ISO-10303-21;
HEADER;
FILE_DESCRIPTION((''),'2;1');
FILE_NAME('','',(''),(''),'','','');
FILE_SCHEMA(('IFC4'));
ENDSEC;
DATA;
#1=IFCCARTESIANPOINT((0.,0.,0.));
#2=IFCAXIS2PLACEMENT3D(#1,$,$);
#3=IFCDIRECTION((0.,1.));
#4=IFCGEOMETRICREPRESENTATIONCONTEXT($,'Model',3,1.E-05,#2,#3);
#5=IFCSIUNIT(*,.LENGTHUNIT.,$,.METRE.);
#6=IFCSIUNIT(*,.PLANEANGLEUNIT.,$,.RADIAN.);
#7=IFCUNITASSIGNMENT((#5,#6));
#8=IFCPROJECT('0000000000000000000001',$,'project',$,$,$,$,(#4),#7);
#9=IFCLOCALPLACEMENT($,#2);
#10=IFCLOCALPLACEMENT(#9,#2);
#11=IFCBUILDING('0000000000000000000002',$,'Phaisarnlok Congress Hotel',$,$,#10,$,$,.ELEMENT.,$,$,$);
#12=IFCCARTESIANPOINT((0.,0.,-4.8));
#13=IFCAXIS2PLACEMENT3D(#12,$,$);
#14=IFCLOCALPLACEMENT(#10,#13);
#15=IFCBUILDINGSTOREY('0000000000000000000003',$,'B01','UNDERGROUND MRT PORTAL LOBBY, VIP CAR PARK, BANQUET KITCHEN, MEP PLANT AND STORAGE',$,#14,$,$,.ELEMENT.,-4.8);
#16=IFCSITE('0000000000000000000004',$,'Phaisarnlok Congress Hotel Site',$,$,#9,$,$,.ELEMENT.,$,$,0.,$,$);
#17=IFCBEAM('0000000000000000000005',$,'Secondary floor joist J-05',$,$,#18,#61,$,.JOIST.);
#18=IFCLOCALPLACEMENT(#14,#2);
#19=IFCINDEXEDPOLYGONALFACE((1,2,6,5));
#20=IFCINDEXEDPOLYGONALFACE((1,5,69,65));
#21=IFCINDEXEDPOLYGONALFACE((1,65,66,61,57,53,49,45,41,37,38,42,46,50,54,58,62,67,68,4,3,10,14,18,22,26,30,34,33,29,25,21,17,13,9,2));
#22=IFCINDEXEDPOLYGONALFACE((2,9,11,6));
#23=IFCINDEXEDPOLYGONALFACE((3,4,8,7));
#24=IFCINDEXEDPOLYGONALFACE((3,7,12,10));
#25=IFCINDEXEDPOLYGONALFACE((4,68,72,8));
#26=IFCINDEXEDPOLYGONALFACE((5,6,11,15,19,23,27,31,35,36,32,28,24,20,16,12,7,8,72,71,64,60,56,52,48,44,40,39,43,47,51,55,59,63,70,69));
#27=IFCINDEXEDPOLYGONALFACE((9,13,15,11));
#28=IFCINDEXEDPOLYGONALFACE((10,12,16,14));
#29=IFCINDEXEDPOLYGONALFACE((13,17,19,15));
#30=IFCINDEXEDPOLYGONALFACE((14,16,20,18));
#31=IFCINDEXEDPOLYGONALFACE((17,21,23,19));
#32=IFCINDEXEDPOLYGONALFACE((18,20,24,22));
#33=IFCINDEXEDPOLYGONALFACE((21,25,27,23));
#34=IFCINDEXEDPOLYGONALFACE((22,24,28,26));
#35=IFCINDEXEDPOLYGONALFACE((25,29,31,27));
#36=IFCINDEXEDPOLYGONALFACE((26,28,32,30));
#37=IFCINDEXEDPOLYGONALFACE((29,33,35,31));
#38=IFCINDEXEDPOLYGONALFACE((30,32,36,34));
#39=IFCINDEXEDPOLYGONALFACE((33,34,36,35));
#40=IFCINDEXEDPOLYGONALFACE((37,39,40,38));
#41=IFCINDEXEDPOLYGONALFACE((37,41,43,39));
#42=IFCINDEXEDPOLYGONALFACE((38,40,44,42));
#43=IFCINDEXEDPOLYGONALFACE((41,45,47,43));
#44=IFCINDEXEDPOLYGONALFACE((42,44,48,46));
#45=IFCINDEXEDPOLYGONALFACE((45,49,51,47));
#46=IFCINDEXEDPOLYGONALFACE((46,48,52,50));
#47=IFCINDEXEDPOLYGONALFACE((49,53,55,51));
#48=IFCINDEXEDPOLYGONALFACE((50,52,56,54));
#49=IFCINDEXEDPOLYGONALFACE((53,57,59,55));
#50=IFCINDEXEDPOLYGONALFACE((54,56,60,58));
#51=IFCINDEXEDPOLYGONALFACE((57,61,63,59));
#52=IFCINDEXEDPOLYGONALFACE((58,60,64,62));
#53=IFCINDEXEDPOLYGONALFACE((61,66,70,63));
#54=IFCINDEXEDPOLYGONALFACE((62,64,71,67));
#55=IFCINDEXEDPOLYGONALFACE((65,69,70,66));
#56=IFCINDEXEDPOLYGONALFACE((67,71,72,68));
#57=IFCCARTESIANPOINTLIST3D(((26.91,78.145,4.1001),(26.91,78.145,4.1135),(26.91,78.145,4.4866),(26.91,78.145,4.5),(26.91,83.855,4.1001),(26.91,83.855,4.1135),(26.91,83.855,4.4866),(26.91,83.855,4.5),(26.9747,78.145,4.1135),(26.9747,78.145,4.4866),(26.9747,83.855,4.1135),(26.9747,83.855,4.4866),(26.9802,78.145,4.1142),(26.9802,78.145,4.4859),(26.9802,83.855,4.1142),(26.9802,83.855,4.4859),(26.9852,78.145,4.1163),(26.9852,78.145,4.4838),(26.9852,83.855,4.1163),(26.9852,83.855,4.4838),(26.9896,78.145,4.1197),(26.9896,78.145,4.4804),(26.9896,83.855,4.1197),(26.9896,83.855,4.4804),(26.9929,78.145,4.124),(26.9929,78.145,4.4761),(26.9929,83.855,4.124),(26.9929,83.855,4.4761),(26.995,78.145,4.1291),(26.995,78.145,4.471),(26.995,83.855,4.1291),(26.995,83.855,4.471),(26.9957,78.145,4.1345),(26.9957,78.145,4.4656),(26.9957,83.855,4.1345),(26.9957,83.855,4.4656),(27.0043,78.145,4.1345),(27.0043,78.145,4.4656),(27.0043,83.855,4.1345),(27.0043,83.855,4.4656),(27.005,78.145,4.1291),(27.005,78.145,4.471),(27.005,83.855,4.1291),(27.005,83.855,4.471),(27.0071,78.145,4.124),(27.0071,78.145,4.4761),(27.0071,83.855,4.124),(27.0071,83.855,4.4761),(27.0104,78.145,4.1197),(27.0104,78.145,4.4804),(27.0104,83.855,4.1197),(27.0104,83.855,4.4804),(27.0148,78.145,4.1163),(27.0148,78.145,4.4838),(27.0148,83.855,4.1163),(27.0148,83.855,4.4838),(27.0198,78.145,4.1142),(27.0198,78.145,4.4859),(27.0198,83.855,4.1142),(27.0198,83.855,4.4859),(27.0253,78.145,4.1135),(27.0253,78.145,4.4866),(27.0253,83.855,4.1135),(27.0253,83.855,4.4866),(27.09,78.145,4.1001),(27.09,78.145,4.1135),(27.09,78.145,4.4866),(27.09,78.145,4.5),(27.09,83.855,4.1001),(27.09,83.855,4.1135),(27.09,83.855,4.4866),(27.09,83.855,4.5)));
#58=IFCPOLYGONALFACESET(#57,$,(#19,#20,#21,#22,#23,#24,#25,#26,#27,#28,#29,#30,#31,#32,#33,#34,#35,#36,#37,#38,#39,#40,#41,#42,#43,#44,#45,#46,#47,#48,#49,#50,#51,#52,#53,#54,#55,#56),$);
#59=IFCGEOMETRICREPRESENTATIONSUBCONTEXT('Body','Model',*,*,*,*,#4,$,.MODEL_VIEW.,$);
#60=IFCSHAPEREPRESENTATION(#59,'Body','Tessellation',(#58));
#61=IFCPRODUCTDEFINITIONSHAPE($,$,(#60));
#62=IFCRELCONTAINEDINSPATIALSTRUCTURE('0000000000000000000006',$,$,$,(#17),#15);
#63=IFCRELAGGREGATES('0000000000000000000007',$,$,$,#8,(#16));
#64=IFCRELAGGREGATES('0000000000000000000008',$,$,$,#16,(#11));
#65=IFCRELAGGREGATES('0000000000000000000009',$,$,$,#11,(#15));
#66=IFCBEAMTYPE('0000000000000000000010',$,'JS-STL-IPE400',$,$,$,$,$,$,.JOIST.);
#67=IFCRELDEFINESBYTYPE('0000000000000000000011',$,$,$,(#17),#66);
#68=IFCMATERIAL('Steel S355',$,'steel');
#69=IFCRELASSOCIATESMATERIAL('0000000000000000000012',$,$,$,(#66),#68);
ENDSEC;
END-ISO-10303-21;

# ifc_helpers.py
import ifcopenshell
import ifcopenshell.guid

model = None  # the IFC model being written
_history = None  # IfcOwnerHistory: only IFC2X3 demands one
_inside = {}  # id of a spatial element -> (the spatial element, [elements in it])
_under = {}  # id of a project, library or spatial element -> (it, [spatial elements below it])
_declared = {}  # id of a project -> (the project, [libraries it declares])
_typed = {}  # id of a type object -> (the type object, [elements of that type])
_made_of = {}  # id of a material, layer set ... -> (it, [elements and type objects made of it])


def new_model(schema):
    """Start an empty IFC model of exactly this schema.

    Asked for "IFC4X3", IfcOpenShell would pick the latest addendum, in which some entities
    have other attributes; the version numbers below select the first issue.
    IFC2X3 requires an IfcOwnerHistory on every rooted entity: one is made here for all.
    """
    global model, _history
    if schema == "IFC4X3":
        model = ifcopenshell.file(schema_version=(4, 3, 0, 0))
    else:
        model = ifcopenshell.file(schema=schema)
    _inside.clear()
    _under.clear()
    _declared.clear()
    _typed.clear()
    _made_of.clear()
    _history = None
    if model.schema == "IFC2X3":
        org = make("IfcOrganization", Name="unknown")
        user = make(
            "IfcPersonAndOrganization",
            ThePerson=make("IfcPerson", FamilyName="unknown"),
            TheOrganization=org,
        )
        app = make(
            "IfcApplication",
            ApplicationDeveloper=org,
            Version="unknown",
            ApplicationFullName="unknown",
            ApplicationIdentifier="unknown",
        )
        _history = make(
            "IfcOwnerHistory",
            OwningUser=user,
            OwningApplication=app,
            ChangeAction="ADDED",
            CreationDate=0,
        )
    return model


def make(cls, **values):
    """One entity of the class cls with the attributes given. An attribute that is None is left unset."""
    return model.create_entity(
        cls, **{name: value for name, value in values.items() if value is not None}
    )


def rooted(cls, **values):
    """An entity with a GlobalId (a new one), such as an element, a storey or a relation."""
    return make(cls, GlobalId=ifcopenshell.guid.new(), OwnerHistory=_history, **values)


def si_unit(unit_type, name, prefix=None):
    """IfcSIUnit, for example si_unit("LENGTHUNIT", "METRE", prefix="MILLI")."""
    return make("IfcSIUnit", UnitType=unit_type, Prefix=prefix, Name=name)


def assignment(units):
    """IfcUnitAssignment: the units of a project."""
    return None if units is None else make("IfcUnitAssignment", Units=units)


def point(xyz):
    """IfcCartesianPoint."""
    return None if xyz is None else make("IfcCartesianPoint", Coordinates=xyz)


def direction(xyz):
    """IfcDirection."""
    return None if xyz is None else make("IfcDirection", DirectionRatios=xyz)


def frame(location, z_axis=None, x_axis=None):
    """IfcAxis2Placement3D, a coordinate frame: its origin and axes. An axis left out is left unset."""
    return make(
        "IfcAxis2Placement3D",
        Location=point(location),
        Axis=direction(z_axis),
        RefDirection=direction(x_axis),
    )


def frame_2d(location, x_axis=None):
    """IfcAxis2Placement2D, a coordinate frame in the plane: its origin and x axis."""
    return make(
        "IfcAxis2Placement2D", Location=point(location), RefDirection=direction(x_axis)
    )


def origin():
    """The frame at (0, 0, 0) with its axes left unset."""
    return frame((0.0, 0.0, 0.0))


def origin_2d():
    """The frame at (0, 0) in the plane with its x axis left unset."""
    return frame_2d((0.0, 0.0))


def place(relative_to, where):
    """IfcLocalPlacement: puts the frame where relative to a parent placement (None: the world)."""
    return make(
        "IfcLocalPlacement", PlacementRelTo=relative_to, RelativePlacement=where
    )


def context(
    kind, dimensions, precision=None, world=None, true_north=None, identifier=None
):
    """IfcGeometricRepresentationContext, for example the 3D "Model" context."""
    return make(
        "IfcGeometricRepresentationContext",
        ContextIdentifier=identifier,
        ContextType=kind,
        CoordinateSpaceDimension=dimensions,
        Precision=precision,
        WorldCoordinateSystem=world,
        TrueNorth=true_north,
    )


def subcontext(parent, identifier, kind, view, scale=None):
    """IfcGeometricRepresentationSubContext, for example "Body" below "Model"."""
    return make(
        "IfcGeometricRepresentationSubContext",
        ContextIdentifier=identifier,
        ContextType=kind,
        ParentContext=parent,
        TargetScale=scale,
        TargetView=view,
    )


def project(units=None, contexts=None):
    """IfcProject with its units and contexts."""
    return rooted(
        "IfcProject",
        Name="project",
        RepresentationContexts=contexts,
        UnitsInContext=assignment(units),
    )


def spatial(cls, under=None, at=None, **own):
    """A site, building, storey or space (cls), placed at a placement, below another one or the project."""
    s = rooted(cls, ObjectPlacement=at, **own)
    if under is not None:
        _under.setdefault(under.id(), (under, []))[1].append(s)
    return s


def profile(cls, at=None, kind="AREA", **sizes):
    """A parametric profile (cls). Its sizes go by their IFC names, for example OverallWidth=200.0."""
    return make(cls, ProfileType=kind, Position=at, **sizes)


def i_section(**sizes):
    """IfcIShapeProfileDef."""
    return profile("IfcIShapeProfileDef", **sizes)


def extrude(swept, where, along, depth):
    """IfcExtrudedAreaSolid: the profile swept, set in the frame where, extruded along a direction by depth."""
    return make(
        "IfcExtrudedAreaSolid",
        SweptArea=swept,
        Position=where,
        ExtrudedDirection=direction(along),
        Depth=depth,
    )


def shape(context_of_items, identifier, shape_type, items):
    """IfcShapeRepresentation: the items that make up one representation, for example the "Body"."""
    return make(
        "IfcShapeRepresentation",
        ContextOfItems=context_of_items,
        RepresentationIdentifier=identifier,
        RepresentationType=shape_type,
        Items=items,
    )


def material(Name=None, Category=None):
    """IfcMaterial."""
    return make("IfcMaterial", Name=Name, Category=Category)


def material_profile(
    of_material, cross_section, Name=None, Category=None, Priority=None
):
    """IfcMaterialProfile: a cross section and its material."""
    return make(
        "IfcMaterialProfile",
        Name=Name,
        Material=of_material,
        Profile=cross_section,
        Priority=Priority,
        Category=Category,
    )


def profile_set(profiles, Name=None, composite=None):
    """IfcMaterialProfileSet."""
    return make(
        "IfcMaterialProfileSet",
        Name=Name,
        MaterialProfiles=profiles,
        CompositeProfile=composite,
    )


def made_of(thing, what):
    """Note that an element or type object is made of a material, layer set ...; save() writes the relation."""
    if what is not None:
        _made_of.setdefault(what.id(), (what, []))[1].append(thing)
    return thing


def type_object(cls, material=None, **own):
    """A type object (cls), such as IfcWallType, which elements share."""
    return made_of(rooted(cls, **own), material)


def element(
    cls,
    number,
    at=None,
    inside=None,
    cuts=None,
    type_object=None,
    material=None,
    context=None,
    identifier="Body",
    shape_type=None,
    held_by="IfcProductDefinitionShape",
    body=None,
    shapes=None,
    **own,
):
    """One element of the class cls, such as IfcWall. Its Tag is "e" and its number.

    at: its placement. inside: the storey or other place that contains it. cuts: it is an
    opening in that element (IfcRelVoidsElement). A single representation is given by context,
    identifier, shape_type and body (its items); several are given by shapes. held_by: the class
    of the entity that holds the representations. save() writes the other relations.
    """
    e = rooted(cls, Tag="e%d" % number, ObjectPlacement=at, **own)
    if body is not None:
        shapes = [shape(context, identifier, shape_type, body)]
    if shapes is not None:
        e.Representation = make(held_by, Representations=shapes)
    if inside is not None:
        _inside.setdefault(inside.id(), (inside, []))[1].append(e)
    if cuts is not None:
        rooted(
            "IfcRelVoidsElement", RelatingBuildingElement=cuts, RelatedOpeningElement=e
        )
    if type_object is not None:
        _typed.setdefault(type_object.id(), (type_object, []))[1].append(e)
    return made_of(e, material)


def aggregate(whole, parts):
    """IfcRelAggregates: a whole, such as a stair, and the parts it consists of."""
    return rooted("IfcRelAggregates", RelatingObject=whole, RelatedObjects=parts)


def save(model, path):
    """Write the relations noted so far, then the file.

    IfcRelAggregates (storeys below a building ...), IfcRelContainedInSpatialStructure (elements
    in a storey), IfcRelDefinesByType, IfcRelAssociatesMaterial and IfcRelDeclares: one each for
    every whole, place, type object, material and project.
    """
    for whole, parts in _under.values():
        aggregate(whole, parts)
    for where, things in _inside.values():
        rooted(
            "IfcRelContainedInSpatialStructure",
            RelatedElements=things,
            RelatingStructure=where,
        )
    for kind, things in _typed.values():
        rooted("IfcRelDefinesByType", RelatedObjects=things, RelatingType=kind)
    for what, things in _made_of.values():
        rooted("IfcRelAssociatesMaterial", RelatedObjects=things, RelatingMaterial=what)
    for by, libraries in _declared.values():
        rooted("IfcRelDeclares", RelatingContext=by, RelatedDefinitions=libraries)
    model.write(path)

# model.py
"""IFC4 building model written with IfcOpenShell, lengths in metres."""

from ifc_helpers import new_model, si_unit, direction, frame, origin, origin_2d, place, context, subcontext, project, spatial, i_section, extrude, material, material_profile, profile_set, type_object, element, save


model = new_model("IFC4")

# Units and contexts
model_context = context("Model", 3, precision=1e-05, world=origin(), true_north=direction((0.0, 1.0)))
body_context = subcontext(model_context, "Body", "Model", "MODEL_VIEW")
ifc_project = project(units=[si_unit("LENGTHUNIT", "METRE"), si_unit("PLANEANGLEUNIT", "RADIAN")], contexts=[model_context])

# Site, building, storey
site_placement = place(None, origin())
site = spatial("IfcSite", under=ifc_project, at=site_placement, Name="Phaisarnlok Congress Hotel Site", CompositionType="ELEMENT", RefElevation=0.0)
building_placement = place(site_placement, origin())
building = spatial("IfcBuilding", under=site, at=building_placement, Name="Phaisarnlok Congress Hotel", CompositionType="ELEMENT")
storey_placement = place(building_placement, frame((0.0, 0.0, -4.8)))
storey = spatial("IfcBuildingStorey", under=building, at=storey_placement, Name="B01", Description="UNDERGROUND MRT PORTAL LOBBY, VIP CAR PARK, BANQUET KITCHEN, MEP PLANT AND STORAGE", CompositionType="ELEMENT", Elevation=-4.8)

# Beam
ifc_material_1 = material(Name="Steel S355", Category="steel")
ifc_material_profile_1 = material_profile(ifc_material_1, i_section(OverallWidth=0.1799, OverallDepth=0.3999, WebThickness=0.0085, FlangeThickness=0.0134, FilletRadius=0.021, at=origin_2d()), Name="IPE 400")
ifc_profile_set_1 = profile_set([ifc_material_profile_1], Name="Steel S355")
beam_type_1 = type_object("IfcBeamType", Name="JS-STL-IPE400", PredefinedType="JOIST", material=ifc_profile_set_1)
for number, where, z_axis, x_axis, name in (
    (1, (27.0, 78.145, 4.3), (0.0, 1.0, 0.0), (-1.0, 0.0, 0.0), "Secondary floor joist J-05"),
):
    element("IfcBeam", number, at=place(storey_placement, frame(where, z_axis=z_axis, x_axis=x_axis)), inside=storey, type_object=beam_type_1, Name=name, PredefinedType="JOIST", context=body_context, shape_type="SweptSolid", body=[
        extrude(i_section(OverallWidth=0.1799, OverallDepth=0.3999, WebThickness=0.0085, FlangeThickness=0.0134, FilletRadius=0.021, at=origin_2d()), origin(), (0.0, 0.0, 1.0), 5.71),
    ])

save(model, "model.ifc")
